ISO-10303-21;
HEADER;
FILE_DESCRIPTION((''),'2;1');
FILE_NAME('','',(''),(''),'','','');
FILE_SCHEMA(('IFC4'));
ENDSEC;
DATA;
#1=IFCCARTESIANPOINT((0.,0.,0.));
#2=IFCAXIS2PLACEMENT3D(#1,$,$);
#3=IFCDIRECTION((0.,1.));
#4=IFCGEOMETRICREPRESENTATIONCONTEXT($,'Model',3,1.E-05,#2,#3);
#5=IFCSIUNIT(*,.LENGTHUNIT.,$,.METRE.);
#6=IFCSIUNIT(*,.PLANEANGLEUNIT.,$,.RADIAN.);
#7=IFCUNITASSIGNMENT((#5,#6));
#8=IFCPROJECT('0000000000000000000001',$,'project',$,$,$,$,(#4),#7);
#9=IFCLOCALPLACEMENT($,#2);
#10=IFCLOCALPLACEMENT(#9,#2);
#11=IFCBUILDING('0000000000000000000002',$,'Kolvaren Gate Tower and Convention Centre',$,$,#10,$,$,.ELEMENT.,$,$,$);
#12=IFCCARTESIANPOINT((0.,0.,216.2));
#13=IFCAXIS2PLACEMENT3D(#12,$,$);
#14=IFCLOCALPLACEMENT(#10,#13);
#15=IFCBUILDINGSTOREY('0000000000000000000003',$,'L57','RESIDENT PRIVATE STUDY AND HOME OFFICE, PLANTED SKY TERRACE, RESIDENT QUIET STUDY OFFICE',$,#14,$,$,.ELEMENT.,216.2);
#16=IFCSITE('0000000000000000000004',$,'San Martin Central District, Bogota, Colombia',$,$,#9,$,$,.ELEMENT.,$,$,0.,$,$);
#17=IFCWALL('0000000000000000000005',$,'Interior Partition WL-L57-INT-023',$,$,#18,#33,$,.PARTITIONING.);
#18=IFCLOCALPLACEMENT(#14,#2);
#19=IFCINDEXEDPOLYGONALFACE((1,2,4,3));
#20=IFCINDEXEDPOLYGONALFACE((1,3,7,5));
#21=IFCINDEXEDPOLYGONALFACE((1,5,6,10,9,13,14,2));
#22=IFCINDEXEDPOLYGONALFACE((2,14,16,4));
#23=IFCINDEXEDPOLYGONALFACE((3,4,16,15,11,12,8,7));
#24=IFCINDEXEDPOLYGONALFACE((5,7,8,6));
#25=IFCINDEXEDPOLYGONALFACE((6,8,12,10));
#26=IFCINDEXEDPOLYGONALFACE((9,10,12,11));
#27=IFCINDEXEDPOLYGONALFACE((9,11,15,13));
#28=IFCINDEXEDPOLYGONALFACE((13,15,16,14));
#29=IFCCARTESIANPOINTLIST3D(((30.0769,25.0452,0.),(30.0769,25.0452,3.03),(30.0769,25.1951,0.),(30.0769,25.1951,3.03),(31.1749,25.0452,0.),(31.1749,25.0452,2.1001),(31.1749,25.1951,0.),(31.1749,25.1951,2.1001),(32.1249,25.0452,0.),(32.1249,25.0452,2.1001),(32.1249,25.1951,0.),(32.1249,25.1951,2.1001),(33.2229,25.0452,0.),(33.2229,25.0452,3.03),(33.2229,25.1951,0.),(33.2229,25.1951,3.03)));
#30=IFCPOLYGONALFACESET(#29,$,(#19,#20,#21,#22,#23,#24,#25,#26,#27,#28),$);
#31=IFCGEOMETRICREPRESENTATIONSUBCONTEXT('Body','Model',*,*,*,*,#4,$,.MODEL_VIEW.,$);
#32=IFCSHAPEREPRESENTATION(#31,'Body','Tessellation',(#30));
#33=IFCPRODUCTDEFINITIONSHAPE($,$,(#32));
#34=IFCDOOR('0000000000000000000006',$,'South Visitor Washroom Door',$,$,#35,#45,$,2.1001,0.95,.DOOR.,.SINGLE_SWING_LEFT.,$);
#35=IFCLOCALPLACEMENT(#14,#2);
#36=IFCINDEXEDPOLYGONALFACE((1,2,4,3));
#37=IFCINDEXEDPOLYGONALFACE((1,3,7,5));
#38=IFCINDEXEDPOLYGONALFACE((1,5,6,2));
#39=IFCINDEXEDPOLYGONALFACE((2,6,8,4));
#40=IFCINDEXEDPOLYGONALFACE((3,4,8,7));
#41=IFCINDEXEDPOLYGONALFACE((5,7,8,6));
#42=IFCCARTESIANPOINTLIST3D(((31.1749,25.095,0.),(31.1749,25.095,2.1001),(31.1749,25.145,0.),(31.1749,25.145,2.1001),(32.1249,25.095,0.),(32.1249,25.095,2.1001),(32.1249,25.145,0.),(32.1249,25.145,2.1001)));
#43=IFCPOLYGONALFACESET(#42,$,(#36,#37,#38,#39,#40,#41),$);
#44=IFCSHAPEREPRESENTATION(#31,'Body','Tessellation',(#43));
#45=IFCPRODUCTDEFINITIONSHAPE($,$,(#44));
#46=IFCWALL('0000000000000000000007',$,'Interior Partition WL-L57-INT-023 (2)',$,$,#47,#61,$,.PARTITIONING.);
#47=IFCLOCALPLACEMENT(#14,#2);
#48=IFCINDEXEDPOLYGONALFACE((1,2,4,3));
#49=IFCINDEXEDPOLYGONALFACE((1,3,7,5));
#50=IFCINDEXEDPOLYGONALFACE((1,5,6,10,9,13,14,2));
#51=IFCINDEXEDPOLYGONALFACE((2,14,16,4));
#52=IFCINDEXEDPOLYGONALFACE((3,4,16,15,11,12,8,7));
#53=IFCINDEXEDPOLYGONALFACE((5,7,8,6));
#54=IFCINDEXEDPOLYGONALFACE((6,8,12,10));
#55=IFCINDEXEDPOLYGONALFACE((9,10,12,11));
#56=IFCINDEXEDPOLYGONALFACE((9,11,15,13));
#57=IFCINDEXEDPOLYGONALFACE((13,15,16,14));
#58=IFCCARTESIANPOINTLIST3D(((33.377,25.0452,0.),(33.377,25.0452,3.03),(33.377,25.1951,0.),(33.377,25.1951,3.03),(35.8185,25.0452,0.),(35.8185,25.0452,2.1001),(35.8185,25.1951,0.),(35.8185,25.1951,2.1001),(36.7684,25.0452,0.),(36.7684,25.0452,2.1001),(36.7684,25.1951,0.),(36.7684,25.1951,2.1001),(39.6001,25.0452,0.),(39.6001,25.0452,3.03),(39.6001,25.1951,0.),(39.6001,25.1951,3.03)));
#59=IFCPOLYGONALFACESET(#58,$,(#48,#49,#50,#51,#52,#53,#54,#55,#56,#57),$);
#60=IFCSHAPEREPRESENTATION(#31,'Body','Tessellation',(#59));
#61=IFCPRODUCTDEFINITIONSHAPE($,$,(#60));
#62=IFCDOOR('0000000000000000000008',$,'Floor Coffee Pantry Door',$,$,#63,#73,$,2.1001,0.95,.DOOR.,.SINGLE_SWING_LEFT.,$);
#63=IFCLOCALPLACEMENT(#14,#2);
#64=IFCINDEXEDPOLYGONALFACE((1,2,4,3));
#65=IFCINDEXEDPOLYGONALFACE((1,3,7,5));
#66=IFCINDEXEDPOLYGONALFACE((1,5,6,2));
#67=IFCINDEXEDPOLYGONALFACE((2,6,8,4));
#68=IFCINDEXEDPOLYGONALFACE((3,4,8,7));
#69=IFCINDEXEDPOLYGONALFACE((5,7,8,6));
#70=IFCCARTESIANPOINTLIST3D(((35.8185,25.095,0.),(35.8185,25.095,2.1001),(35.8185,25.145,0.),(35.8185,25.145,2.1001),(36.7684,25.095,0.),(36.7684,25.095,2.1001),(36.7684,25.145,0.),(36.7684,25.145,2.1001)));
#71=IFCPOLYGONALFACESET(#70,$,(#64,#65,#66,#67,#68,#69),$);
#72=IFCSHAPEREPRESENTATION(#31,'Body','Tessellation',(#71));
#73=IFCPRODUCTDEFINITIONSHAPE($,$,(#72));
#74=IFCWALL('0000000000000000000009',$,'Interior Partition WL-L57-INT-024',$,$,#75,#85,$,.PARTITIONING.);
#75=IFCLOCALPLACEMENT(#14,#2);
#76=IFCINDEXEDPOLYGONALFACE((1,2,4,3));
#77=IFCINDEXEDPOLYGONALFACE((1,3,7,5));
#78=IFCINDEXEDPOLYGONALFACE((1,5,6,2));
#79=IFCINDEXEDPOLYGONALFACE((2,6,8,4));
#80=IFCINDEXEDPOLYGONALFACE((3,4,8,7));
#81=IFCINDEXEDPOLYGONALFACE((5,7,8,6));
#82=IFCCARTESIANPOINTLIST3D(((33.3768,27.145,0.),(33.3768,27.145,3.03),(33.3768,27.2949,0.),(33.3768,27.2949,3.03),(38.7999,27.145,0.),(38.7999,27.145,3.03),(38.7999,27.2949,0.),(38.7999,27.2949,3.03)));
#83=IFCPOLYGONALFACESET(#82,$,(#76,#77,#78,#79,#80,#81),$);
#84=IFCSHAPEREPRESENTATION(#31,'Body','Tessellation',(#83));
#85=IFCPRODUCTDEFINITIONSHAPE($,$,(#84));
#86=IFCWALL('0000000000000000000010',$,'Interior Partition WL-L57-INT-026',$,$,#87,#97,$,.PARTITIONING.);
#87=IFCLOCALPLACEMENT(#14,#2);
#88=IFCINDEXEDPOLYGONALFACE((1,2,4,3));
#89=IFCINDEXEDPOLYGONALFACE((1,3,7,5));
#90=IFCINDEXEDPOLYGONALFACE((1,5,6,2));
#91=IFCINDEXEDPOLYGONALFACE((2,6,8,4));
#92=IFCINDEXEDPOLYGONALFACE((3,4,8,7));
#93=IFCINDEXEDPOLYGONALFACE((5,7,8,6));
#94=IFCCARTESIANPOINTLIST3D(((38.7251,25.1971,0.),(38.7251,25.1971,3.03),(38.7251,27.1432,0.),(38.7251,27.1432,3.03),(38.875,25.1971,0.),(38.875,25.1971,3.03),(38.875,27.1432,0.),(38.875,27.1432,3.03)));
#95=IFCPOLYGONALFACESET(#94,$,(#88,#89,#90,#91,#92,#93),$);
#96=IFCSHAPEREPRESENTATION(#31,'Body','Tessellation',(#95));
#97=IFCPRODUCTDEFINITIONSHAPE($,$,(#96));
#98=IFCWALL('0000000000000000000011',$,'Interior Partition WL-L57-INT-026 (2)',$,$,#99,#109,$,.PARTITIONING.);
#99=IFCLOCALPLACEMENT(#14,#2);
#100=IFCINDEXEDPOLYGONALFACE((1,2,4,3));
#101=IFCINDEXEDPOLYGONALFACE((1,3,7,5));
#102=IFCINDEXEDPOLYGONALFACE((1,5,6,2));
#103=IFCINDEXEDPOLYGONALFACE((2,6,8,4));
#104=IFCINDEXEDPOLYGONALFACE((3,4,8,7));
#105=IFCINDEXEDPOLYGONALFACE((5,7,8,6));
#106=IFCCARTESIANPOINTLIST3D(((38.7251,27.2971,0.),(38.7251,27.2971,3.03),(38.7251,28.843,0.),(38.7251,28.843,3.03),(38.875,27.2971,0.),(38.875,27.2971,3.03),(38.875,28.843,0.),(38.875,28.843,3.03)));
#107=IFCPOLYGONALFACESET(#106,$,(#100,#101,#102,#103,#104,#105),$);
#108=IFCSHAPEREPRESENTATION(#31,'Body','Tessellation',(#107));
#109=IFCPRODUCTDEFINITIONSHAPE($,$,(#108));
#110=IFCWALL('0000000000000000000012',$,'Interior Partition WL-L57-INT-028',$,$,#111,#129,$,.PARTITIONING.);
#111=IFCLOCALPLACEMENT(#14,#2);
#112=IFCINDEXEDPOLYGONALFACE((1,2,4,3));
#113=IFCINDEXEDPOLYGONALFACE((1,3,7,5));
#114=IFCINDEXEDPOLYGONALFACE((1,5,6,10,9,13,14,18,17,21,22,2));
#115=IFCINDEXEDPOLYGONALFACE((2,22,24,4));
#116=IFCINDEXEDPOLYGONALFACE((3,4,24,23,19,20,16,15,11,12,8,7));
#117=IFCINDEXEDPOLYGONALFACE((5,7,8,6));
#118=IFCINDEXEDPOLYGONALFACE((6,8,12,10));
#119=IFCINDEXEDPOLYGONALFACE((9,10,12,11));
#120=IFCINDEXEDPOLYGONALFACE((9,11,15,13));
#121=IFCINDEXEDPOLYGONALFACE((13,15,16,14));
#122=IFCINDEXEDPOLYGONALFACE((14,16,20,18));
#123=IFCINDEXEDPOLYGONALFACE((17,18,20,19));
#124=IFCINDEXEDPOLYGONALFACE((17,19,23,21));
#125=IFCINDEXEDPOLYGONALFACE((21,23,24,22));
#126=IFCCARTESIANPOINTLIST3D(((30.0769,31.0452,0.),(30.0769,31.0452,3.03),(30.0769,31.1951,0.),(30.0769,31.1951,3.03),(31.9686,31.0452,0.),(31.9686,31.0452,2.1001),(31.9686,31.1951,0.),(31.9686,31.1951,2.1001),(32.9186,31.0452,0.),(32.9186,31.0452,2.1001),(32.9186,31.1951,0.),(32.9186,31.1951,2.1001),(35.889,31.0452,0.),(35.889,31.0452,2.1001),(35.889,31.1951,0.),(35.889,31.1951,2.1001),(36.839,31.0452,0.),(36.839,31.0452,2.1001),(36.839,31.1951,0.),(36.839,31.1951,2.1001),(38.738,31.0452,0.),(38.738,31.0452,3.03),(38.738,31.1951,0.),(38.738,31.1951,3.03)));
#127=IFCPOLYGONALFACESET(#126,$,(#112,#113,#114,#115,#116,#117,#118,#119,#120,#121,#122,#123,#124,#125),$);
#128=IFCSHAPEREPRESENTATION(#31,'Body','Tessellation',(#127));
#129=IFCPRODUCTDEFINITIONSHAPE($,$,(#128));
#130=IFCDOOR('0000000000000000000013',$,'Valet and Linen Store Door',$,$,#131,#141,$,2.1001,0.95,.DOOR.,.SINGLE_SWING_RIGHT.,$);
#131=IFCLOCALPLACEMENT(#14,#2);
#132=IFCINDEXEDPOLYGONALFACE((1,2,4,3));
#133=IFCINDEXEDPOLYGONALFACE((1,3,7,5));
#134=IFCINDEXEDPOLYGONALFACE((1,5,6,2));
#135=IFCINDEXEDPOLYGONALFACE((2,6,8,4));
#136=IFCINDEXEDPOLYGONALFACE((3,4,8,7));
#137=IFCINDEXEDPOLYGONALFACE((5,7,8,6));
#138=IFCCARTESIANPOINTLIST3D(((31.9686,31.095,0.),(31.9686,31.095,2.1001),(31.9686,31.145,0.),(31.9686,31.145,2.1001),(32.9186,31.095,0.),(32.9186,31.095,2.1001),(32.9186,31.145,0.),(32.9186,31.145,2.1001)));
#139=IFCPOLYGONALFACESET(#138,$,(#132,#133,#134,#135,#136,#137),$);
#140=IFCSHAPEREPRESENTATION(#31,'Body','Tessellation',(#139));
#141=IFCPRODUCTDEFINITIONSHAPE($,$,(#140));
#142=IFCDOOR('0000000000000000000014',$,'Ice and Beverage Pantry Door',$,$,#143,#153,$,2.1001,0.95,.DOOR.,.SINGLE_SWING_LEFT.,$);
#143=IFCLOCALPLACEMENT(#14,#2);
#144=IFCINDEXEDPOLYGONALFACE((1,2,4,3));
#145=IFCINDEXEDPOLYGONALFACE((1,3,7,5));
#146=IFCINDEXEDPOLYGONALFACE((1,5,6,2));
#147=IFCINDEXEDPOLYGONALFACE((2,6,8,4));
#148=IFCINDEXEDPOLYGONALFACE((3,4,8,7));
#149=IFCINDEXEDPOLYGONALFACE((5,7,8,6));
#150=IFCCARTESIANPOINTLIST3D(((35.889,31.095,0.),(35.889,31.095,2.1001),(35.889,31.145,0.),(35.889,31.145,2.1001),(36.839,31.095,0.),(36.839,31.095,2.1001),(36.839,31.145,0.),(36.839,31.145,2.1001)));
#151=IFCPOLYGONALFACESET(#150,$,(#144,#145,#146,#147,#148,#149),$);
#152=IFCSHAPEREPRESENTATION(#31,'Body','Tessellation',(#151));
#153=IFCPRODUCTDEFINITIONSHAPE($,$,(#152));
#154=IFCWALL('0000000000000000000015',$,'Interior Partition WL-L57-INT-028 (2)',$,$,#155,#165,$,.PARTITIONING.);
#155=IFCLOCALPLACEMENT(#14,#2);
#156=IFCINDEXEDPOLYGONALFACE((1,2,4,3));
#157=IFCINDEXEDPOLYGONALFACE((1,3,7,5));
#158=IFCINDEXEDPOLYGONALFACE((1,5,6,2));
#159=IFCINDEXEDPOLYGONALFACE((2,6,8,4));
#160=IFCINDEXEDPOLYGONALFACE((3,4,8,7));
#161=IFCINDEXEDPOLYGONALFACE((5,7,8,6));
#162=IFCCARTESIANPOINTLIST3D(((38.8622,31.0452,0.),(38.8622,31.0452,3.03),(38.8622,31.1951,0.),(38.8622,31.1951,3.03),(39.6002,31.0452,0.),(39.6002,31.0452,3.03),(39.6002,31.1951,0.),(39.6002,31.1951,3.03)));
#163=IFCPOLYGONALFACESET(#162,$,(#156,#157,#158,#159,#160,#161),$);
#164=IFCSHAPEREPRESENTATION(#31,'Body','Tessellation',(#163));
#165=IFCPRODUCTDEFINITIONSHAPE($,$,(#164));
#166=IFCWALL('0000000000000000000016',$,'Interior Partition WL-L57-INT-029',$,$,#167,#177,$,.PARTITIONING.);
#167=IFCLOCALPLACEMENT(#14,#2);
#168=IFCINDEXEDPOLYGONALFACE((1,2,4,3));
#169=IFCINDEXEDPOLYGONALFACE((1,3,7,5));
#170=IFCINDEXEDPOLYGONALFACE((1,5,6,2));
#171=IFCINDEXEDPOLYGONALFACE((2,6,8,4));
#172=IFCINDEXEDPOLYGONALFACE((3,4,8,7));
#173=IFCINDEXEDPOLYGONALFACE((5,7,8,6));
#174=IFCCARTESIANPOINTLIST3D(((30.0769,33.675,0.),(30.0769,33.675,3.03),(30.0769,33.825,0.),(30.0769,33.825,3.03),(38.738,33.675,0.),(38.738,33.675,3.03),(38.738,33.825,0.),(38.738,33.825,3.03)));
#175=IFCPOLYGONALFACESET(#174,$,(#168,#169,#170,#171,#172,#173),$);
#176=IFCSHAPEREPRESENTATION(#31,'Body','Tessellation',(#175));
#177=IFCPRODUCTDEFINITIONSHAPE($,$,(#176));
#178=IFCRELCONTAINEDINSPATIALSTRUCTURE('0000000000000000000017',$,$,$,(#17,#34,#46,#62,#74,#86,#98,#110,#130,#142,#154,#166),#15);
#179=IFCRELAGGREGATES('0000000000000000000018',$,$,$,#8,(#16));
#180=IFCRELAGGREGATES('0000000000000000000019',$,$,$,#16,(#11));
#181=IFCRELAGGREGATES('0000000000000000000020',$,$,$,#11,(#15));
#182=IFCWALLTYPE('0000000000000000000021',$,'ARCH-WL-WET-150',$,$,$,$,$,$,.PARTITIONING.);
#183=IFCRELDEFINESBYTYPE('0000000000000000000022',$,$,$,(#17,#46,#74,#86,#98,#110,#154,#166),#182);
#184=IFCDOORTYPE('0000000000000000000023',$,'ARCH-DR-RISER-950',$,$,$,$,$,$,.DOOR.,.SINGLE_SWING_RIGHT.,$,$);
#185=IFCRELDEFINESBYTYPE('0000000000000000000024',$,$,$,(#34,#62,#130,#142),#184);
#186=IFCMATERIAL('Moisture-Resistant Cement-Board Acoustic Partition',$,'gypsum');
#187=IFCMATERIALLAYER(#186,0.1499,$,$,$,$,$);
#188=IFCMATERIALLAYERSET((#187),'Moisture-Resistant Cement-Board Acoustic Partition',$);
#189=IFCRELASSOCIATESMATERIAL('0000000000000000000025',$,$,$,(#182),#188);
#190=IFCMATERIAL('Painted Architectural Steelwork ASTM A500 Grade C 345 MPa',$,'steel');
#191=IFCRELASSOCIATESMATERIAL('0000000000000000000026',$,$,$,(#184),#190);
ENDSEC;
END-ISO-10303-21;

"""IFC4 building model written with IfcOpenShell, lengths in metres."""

from ifc_helpers import new_model, si_unit, direction, frame, frame_2d, origin, place, context, subcontext, project, spatial, rectangle, extrude, material, layer, layer_set, type_object, element, fill, save


model = new_model("IFC4")

# Units and contexts
model_context = context("Model", 3, precision=1e-05, world=origin(), true_north=direction((0.0, 1.0)))
body_context = subcontext(model_context, "Body", "Model", "MODEL_VIEW")
ifc_project = project(units=[si_unit("LENGTHUNIT", "METRE"), si_unit("PLANEANGLEUNIT", "RADIAN")], contexts=[model_context])

# Site, building, storey
site_placement = place(None, origin())
site = spatial("IfcSite", under=ifc_project, at=site_placement, Name="San Martin Central District, Bogota, Colombia", CompositionType="ELEMENT", RefElevation=0.0)
building_placement = place(site_placement, origin())
building = spatial("IfcBuilding", under=site, at=building_placement, Name="Kolvaren Gate Tower and Convention Centre", CompositionType="ELEMENT")
storey_placement = place(building_placement, frame((0.0, 0.0, 216.2)))
storey = spatial("IfcBuildingStorey", under=building, at=storey_placement, Name="L57", Description="RESIDENT PRIVATE STUDY AND HOME OFFICE, PLANTED SKY TERRACE, RESIDENT QUIET STUDY OFFICE", CompositionType="ELEMENT", Elevation=216.2)

# Shared definitions
ifc_material_1 = material(Name="Moisture-Resistant Cement-Board Acoustic Partition", Category="gypsum")
ifc_layer_1 = layer(ifc_material_1, 0.1499)
ifc_layer_set_1 = layer_set([ifc_layer_1], Name="Moisture-Resistant Cement-Board Acoustic Partition")
wall_type_1 = type_object("IfcWallType", Name="ARCH-WL-WET-150", PredefinedType="PARTITIONING", material=ifc_layer_set_1)

# Shared definitions
ifc_material_2 = material(Name="Painted Architectural Steelwork ASTM A500 Grade C 345 MPa", Category="steel")
door_type = type_object("IfcDoorType", Name="ARCH-DR-RISER-950", OperationType="SINGLE_SWING_RIGHT", PredefinedType="DOOR", material=ifc_material_2)

# Walls, openings, doors
wall_1_placement = place(storey_placement, frame((30.0769, 25.1201, 0.0), z_axis=(0.0, 0.0, 1.0), x_axis=(1.0, 0.0, 0.0)))
wall_1 = element("IfcWall", 1, at=wall_1_placement, inside=storey, type_object=wall_type_1, Name="Interior Partition WL-L57-INT-023", PredefinedType="PARTITIONING", context=body_context, shape_type="SweptSolid", body=[
    extrude(rectangle(XDim=3.146, YDim=0.1499, at=frame_2d((1.573, 0.0))), origin(), (0.0, 0.0, 1.0), 3.03),
])
opening_1_placement = place(wall_1_placement, frame((1.0979, 0.0, 0.0)))
opening_1 = element("IfcOpeningElement", 2, at=opening_1_placement, cuts=wall_1, PredefinedType="OPENING", context=body_context, shape_type="SweptSolid", body=[
    extrude(rectangle(XDim=0.95, YDim=2.1001, at=frame_2d((0.4751, 1.05))), frame((0.0, 0.085, 0.0), z_axis=(0.0, -1.0, 0.0), x_axis=(1.0, 0.0, 0.0)), (0.0, 0.0, 1.0), 0.1699),
])
door_1_placement = place(opening_1_placement, origin())
door_1 = element("IfcDoor", 3, at=door_1_placement, inside=storey, type_object=door_type, Name="South Visitor Washroom Door", OperationType="SINGLE_SWING_LEFT", OverallHeight=2.1001, OverallWidth=0.95, PredefinedType="DOOR", context=body_context, shape_type="SweptSolid", body=[
    extrude(rectangle(XDim=0.95, YDim=2.1001, at=frame_2d((0.4751, 1.05))), frame((0.0, 0.0249, 0.0), z_axis=(0.0, -1.0, 0.0), x_axis=(1.0, 0.0, 0.0)), (0.0, 0.0, 1.0), 0.05),
])
fill(opening_1, door_1)
wall_2_placement = place(storey_placement, frame((33.377, 25.1201, 0.0), z_axis=(0.0, 0.0, 1.0), x_axis=(1.0, 0.0, 0.0)))
wall_2 = element("IfcWall", 4, at=wall_2_placement, inside=storey, type_object=wall_type_1, Name="Interior Partition WL-L57-INT-023 (2)", PredefinedType="PARTITIONING", context=body_context, shape_type="SweptSolid", body=[
    extrude(rectangle(XDim=6.2231, YDim=0.1499, at=frame_2d((3.1116, 0.0))), origin(), (0.0, 0.0, 1.0), 3.03),
])
opening_2_placement = place(wall_2_placement, frame((2.4414, 0.0, 0.0)))
opening_2 = element("IfcOpeningElement", 5, at=opening_2_placement, cuts=wall_2, PredefinedType="OPENING", context=body_context, shape_type="SweptSolid", body=[
    extrude(rectangle(XDim=0.95, YDim=2.1001, at=frame_2d((0.4751, 1.05))), frame((0.0, 0.085, 0.0), z_axis=(0.0, -1.0, 0.0), x_axis=(1.0, 0.0, 0.0)), (0.0, 0.0, 1.0), 0.1699),
])
door_2_placement = place(opening_2_placement, origin())
door_2 = element("IfcDoor", 6, at=door_2_placement, inside=storey, type_object=door_type, Name="Floor Coffee Pantry Door", OperationType="SINGLE_SWING_LEFT", OverallHeight=2.1001, OverallWidth=0.95, PredefinedType="DOOR", context=body_context, shape_type="SweptSolid", body=[
    extrude(rectangle(XDim=0.95, YDim=2.1001, at=frame_2d((0.4751, 1.05))), frame((0.0, 0.0249, 0.0), z_axis=(0.0, -1.0, 0.0), x_axis=(1.0, 0.0, 0.0)), (0.0, 0.0, 1.0), 0.05),
])
fill(opening_2, door_2)

# Walls
wall_3_placement = place(storey_placement, frame((33.377, 27.22, 0.0), z_axis=(0.0, 0.0, 1.0), x_axis=(1.0, 0.0, 0.0)))
element("IfcWall", 7, at=wall_3_placement, inside=storey, type_object=wall_type_1, Name="Interior Partition WL-L57-INT-024", PredefinedType="PARTITIONING", context=body_context, shape_type="SweptSolid", body=[
    extrude(rectangle(XDim=5.4231, YDim=0.1499, at=frame_2d((2.7114, 0.0))), origin(), (0.0, 0.0, 1.0), 3.03),
])
wall_4_placement = place(storey_placement, frame((38.8, 25.197, 0.0), z_axis=(0.0, 0.0, 1.0), x_axis=(0.0, 1.0, 0.0)))
element("IfcWall", 8, at=wall_4_placement, inside=storey, type_object=wall_type_1, Name="Interior Partition WL-L57-INT-026", PredefinedType="PARTITIONING", context=body_context, shape_type="SweptSolid", body=[
    extrude(rectangle(XDim=1.946, YDim=0.1499, at=frame_2d((0.9731, 0.0))), origin(), (0.0, 0.0, 1.0), 3.03),
])
wall_5_placement = place(storey_placement, frame((38.8, 27.2971, 0.0), z_axis=(0.0, 0.0, 1.0), x_axis=(0.0, 1.0, 0.0)))
element("IfcWall", 9, at=wall_5_placement, inside=storey, type_object=wall_type_1, Name="Interior Partition WL-L57-INT-026 (2)", PredefinedType="PARTITIONING", context=body_context, shape_type="SweptSolid", body=[
    extrude(rectangle(XDim=1.5459, YDim=0.1499, at=frame_2d((0.7729, 0.0))), origin(), (0.0, 0.0, 1.0), 3.03),
])

# Wall, openings, doors
wall_6_placement = place(storey_placement, frame((30.0769, 31.1201, 0.0), z_axis=(0.0, 0.0, 1.0), x_axis=(1.0, 0.0, 0.0)))
wall_6 = element("IfcWall", 10, at=wall_6_placement, inside=storey, type_object=wall_type_1, Name="Interior Partition WL-L57-INT-028", PredefinedType="PARTITIONING", context=body_context, shape_type="SweptSolid", body=[
    extrude(rectangle(XDim=8.6611, YDim=0.1499, at=frame_2d((4.3306, 0.0))), origin(), (0.0, 0.0, 1.0), 3.03),
])
opening_3_placement = place(wall_6_placement, frame((1.8916, 0.0, 0.0)))
opening_3 = element("IfcOpeningElement", 11, at=opening_3_placement, cuts=wall_6, PredefinedType="OPENING", context=body_context, shape_type="SweptSolid", body=[
    extrude(rectangle(XDim=0.95, YDim=2.1001, at=frame_2d((0.4751, 1.05))), frame((0.0, 0.085, 0.0), z_axis=(0.0, -1.0, 0.0), x_axis=(1.0, 0.0, 0.0)), (0.0, 0.0, 1.0), 0.1699),
])
opening_4_placement = place(wall_6_placement, frame((5.812, 0.0, 0.0)))
opening_4 = element("IfcOpeningElement", 12, at=opening_4_placement, cuts=wall_6, PredefinedType="OPENING", context=body_context, shape_type="SweptSolid", body=[
    extrude(rectangle(XDim=0.95, YDim=2.1001, at=frame_2d((0.4751, 1.05))), frame((0.0, 0.085, 0.0), z_axis=(0.0, -1.0, 0.0), x_axis=(1.0, 0.0, 0.0)), (0.0, 0.0, 1.0), 0.1699),
])
door_3_placement = place(opening_3_placement, origin())
door_3 = element("IfcDoor", 13, at=door_3_placement, inside=storey, type_object=door_type, Name="Valet and Linen Store Door", OperationType="SINGLE_SWING_RIGHT", OverallHeight=2.1001, OverallWidth=0.95, PredefinedType="DOOR", context=body_context, shape_type="SweptSolid", body=[
    extrude(rectangle(XDim=0.95, YDim=2.1001, at=frame_2d((0.4751, 1.05))), frame((0.0, 0.0249, 0.0), z_axis=(0.0, -1.0, 0.0), x_axis=(1.0, 0.0, 0.0)), (0.0, 0.0, 1.0), 0.05),
])
fill(opening_3, door_3)
door_4_placement = place(opening_4_placement, origin())
door_4 = element("IfcDoor", 14, at=door_4_placement, inside=storey, type_object=door_type, Name="Ice and Beverage Pantry Door", OperationType="SINGLE_SWING_LEFT", OverallHeight=2.1001, OverallWidth=0.95, PredefinedType="DOOR", context=body_context, shape_type="SweptSolid", body=[
    extrude(rectangle(XDim=0.95, YDim=2.1001, at=frame_2d((0.4751, 1.05))), frame((0.0, 0.0249, 0.0), z_axis=(0.0, -1.0, 0.0), x_axis=(1.0, 0.0, 0.0)), (0.0, 0.0, 1.0), 0.05),
])
fill(opening_4, door_4)

# Walls
wall_7_placement = place(storey_placement, frame((38.8621, 31.1201, 0.0), z_axis=(0.0, 0.0, 1.0), x_axis=(1.0, 0.0, 0.0)))
element("IfcWall", 15, at=wall_7_placement, inside=storey, type_object=wall_type_1, Name="Interior Partition WL-L57-INT-028 (2)", PredefinedType="PARTITIONING", context=body_context, shape_type="SweptSolid", body=[
    extrude(rectangle(XDim=0.738, YDim=0.1499, at=frame_2d((0.3691, 0.0))), origin(), (0.0, 0.0, 1.0), 3.03),
])
wall_8_placement = place(storey_placement, frame((30.0769, 33.75, 0.0), z_axis=(0.0, 0.0, 1.0), x_axis=(1.0, 0.0, 0.0)))
element("IfcWall", 16, at=wall_8_placement, inside=storey, type_object=wall_type_1, Name="Interior Partition WL-L57-INT-029", PredefinedType="PARTITIONING", context=body_context, shape_type="SweptSolid", body=[
    extrude(rectangle(XDim=8.6611, YDim=0.1499, at=frame_2d((4.3306, 0.0))), origin(), (0.0, 0.0, 1.0), 3.03),
])

save(model, "model.ifc")
